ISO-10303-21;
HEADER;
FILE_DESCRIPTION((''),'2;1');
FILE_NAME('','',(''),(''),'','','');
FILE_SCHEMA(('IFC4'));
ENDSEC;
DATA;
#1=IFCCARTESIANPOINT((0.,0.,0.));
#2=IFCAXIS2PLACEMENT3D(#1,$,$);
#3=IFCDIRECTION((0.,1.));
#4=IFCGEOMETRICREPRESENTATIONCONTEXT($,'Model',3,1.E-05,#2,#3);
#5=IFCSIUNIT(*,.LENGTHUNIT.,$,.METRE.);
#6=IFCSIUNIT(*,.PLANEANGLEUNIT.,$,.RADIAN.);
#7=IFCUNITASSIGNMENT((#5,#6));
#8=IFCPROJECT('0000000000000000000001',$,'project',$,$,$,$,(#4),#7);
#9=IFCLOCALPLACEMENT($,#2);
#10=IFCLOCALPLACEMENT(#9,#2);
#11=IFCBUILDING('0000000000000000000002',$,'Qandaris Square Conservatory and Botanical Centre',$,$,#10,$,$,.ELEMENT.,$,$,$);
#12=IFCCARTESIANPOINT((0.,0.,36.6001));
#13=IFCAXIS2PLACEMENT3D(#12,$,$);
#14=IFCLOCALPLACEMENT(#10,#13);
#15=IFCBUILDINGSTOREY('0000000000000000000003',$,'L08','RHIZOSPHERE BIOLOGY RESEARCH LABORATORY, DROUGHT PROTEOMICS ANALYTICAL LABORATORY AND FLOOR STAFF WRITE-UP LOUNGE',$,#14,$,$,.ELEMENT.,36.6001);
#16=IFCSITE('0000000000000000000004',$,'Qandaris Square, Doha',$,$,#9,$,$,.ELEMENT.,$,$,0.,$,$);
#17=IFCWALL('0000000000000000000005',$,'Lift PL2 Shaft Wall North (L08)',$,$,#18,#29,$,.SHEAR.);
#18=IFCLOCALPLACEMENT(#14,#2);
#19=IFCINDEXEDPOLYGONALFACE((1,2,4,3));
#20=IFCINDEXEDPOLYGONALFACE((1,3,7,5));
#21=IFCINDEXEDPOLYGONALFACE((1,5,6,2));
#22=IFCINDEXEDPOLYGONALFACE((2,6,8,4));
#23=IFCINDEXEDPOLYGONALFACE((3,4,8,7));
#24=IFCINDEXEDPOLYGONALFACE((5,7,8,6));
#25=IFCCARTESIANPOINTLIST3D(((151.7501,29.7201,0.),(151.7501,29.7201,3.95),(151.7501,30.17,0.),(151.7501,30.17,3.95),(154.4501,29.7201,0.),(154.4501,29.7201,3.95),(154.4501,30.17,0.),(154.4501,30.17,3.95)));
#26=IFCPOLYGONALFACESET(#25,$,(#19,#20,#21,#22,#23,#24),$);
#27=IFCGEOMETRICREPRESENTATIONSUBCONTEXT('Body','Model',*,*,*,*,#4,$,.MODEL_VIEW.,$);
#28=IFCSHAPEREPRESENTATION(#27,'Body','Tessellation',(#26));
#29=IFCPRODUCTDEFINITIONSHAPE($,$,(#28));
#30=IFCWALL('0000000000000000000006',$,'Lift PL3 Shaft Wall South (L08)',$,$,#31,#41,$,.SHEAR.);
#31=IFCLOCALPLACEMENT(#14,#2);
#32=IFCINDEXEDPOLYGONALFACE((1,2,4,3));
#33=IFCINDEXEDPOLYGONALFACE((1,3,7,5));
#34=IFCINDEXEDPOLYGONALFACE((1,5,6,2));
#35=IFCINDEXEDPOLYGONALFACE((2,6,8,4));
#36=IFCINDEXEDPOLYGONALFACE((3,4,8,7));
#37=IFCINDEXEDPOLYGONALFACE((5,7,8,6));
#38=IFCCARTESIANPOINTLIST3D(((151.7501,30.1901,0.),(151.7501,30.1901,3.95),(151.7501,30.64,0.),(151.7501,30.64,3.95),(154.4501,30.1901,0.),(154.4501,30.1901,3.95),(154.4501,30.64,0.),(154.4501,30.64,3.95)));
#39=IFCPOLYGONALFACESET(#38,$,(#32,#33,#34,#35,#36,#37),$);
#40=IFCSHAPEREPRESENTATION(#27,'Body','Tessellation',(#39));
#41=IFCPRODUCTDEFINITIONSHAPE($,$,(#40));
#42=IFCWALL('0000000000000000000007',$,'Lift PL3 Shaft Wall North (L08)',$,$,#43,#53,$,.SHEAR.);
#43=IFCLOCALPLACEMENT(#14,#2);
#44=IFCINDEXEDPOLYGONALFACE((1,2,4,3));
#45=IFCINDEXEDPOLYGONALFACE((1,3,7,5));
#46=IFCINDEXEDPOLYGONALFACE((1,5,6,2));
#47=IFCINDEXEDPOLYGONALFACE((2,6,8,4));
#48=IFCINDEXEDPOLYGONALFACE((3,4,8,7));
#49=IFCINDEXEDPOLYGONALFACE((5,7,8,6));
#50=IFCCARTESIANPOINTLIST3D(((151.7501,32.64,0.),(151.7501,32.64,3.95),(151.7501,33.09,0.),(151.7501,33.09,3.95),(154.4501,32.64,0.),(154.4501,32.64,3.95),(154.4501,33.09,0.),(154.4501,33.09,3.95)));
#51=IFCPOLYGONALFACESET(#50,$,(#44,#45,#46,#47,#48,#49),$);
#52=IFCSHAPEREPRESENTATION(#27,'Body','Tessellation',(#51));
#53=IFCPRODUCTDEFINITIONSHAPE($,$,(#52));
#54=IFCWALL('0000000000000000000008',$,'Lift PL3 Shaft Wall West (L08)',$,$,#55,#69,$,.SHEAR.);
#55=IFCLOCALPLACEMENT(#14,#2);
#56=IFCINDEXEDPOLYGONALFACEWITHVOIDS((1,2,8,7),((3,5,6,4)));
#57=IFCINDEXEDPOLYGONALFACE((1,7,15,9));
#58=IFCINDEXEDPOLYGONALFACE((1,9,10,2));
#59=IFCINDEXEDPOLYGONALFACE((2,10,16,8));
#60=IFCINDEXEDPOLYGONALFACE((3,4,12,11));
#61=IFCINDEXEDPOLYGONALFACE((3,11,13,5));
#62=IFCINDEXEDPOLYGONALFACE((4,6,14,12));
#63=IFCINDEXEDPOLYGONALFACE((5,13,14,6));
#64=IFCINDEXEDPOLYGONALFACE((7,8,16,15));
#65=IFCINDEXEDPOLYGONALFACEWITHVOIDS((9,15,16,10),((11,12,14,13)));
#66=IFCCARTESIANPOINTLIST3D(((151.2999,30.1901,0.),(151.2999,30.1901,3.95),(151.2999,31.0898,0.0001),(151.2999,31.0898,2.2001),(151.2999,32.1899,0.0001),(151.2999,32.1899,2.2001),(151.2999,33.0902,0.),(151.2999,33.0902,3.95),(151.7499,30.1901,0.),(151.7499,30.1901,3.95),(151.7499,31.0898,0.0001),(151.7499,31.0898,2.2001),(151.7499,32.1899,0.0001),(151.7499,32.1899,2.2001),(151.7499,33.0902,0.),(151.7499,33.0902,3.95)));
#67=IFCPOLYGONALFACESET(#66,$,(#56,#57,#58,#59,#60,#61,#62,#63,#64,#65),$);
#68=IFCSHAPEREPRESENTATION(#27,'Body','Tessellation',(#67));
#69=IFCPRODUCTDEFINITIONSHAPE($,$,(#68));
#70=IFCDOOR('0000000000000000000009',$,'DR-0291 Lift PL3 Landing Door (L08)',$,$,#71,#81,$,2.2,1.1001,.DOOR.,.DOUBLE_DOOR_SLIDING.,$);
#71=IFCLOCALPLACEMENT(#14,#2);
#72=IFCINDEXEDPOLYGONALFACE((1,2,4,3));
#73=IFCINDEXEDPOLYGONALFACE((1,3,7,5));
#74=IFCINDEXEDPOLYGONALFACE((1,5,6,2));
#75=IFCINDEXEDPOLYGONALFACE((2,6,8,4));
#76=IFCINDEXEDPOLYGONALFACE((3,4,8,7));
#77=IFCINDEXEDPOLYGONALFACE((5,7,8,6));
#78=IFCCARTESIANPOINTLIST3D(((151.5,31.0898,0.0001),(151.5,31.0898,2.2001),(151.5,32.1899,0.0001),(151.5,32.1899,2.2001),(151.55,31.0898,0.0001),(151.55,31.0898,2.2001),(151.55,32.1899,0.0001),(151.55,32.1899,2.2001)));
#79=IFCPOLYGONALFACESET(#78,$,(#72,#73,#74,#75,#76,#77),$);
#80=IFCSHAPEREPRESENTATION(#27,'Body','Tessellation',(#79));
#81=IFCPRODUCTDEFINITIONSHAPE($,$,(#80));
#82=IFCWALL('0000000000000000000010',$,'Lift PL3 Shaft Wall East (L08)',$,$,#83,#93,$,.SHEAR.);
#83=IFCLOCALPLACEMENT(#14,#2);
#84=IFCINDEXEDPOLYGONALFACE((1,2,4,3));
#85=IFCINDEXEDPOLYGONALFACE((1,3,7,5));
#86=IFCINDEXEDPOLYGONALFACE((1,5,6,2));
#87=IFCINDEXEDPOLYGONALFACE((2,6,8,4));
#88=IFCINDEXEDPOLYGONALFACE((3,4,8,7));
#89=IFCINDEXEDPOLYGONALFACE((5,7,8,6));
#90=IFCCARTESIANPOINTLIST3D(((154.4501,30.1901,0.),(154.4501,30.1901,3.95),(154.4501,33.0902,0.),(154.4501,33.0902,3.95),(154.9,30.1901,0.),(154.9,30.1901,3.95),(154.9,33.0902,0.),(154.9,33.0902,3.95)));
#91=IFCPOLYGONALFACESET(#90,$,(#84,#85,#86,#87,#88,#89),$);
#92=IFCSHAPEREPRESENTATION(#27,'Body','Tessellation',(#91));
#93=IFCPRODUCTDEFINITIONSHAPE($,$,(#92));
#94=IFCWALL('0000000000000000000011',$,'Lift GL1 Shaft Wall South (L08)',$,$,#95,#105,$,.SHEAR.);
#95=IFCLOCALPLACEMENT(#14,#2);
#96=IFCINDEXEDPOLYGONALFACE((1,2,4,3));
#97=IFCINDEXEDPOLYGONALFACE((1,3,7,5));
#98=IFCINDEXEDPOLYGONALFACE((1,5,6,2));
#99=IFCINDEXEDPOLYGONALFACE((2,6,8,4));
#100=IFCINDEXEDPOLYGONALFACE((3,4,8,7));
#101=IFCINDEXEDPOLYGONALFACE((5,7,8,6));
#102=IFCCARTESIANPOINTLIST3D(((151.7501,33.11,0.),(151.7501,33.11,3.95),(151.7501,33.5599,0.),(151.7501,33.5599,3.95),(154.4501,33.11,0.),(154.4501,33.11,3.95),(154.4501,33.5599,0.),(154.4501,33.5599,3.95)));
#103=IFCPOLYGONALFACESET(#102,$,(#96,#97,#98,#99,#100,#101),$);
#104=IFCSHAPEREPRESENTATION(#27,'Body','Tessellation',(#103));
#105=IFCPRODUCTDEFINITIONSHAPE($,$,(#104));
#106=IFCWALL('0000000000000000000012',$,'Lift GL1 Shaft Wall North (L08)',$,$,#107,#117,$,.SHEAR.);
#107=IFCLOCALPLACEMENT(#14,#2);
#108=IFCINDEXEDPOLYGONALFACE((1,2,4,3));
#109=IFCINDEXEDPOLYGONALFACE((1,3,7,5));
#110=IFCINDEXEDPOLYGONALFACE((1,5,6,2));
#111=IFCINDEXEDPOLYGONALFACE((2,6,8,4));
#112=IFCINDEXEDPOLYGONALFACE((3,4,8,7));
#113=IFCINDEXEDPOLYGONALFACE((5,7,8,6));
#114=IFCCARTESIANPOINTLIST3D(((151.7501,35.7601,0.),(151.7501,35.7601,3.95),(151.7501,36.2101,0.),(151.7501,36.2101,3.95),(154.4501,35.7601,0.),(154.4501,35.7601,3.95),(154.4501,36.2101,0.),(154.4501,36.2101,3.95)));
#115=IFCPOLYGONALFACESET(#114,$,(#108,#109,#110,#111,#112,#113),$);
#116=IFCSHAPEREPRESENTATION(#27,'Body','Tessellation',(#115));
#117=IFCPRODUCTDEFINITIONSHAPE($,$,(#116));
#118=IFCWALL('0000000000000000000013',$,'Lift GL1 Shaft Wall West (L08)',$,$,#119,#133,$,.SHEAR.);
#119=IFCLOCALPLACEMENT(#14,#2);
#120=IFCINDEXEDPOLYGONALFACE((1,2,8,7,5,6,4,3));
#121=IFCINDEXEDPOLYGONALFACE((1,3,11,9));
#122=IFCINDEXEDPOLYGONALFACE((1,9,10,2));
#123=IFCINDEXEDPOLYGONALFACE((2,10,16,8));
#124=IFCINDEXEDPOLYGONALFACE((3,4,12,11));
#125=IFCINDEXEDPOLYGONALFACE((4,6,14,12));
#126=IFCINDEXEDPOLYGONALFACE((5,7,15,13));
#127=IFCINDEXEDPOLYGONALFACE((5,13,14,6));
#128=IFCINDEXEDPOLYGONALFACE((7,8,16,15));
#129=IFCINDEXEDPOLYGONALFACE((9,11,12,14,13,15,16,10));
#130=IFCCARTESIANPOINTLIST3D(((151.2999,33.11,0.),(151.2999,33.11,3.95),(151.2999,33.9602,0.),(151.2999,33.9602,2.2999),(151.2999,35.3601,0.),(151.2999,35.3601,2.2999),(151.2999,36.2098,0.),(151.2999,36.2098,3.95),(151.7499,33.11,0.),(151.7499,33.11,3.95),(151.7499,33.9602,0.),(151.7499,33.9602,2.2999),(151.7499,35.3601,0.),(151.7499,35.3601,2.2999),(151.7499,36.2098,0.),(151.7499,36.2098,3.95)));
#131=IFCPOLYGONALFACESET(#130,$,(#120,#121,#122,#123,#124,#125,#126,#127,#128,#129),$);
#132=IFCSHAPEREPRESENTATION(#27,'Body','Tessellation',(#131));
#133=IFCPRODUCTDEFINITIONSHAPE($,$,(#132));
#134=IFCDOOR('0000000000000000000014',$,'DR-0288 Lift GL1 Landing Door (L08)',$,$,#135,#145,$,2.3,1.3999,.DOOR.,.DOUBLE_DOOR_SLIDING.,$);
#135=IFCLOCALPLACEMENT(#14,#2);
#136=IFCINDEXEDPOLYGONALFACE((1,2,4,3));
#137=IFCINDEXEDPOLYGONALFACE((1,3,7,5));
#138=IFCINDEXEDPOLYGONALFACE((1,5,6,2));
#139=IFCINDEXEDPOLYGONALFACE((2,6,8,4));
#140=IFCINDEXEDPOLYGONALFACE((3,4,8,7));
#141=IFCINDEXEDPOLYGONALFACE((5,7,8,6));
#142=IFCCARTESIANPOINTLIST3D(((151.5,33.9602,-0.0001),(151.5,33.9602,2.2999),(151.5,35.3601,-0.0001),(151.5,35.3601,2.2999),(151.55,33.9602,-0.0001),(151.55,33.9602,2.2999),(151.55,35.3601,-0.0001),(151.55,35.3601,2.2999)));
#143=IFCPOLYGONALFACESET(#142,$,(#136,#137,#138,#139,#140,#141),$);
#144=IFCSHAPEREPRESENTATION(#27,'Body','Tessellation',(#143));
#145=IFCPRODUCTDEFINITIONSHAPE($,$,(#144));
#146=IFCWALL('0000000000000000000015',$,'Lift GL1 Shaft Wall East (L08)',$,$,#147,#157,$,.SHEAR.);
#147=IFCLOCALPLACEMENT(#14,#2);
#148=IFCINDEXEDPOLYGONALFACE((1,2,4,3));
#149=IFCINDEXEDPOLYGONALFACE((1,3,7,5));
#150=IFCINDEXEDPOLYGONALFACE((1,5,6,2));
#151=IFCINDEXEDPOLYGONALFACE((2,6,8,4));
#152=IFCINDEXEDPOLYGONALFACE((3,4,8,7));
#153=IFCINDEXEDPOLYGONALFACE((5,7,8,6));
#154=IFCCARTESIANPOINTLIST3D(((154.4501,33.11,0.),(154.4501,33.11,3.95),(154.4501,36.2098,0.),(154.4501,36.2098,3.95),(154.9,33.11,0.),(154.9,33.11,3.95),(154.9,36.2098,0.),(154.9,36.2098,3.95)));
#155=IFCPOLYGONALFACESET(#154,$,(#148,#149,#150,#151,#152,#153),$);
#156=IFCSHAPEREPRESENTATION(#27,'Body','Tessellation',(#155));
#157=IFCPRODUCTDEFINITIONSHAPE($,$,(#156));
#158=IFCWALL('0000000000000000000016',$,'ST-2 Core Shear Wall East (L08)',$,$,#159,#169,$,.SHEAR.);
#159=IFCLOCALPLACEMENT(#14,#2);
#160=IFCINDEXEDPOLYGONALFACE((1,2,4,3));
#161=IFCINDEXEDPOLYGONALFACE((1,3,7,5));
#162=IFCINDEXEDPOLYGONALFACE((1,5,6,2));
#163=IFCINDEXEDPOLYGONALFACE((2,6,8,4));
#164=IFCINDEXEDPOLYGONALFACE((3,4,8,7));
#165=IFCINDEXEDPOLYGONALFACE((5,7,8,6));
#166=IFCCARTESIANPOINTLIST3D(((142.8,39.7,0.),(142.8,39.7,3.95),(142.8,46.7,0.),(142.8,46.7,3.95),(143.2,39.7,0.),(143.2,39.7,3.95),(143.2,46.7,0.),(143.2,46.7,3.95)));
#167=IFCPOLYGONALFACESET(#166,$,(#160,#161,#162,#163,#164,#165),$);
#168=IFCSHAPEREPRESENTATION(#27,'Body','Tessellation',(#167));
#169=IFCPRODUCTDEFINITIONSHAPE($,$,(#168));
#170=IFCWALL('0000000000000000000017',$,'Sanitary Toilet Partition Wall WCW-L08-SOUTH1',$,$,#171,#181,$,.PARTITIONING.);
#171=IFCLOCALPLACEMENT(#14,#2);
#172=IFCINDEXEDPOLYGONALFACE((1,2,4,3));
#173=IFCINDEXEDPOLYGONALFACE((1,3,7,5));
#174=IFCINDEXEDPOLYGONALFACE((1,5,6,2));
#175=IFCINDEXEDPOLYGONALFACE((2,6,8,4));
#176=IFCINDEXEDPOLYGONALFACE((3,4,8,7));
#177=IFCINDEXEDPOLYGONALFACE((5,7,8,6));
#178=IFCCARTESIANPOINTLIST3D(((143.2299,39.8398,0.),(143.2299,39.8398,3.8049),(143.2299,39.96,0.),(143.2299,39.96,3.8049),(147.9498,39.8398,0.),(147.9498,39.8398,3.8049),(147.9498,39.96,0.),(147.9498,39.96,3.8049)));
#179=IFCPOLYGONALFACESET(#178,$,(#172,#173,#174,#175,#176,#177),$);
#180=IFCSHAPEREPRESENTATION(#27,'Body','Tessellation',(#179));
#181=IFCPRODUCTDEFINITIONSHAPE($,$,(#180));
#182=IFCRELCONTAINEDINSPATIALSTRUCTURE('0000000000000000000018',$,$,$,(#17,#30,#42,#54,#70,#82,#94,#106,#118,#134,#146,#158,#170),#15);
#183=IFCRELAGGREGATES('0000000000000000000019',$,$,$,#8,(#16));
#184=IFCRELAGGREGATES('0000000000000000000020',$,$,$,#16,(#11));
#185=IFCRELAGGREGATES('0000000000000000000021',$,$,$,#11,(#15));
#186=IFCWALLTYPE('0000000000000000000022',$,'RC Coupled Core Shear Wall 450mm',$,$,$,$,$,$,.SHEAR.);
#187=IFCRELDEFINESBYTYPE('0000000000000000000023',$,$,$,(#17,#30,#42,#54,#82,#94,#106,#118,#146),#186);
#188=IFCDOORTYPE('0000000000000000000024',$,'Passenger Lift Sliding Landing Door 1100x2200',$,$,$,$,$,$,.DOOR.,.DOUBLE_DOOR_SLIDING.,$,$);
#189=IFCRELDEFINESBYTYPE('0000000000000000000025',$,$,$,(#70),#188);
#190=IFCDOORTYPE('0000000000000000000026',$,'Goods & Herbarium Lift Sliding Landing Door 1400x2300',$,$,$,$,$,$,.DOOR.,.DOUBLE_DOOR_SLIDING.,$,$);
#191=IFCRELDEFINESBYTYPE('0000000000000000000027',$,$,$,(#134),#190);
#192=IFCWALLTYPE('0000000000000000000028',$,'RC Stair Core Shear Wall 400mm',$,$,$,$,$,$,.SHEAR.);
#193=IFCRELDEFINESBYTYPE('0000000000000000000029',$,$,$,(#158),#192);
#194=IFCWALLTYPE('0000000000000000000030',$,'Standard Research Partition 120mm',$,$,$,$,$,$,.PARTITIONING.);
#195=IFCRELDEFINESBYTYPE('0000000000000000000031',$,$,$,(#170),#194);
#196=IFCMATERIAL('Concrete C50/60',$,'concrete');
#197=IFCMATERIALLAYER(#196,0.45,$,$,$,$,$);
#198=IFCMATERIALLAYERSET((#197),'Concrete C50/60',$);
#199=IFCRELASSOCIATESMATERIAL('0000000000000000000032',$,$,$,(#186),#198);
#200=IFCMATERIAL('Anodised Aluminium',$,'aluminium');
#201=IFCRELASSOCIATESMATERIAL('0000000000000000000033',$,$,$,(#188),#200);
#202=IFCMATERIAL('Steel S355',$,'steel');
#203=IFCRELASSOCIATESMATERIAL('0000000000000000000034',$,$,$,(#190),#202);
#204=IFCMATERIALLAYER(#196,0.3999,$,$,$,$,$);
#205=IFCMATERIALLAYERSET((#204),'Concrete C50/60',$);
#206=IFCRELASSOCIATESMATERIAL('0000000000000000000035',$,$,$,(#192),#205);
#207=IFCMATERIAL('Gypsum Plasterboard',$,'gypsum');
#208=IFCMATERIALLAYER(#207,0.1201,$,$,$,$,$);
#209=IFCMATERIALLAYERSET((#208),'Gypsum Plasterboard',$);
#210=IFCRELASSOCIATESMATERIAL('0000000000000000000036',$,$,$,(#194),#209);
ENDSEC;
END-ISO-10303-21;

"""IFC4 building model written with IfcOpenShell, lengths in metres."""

from ifc_helpers import new_model, si_unit, direction, frame, frame_2d, origin, place, context, subcontext, project, spatial, rectangle, extrude, material, layer, layer_set, type_object, element, fill, save


model = new_model("IFC4")

# Units and contexts
model_context = context("Model", 3, precision=1e-05, world=origin(), true_north=direction((0.0, 1.0)))
body_context = subcontext(model_context, "Body", "Model", "MODEL_VIEW")
ifc_project = project(units=[si_unit("LENGTHUNIT", "METRE"), si_unit("PLANEANGLEUNIT", "RADIAN")], contexts=[model_context])

# Site, building, storey
site_placement = place(None, origin())
site = spatial("IfcSite", under=ifc_project, at=site_placement, Name="Qandaris Square, Doha", CompositionType="ELEMENT", RefElevation=0.0)
building_placement = place(site_placement, origin())
building = spatial("IfcBuilding", under=site, at=building_placement, Name="Qandaris Square Conservatory and Botanical Centre", CompositionType="ELEMENT")
storey_placement = place(building_placement, frame((0.0, 0.0, 36.6001)))
storey = spatial("IfcBuildingStorey", under=building, at=storey_placement, Name="L08", Description="RHIZOSPHERE BIOLOGY RESEARCH LABORATORY, DROUGHT PROTEOMICS ANALYTICAL LABORATORY AND FLOOR STAFF WRITE-UP LOUNGE", CompositionType="ELEMENT", Elevation=36.6001)

# Shared definitions
ifc_material_1 = material(Name="Concrete C50/60", Category="concrete")

# Shared definitions
ifc_material_2 = material(Name="Steel S355", Category="steel")

# Shared definitions
ifc_material_3 = material(Name="Gypsum Plasterboard", Category="gypsum")

# Shared definitions
ifc_layer_1 = layer(ifc_material_1, 0.45)
ifc_layer_set_1 = layer_set([ifc_layer_1], Name="Concrete C50/60")
wall_type_1 = type_object("IfcWallType", Name="RC Coupled Core Shear Wall 450mm", PredefinedType="SHEAR", material=ifc_layer_set_1)

# Walls
for number, where, z_axis, x_axis, name in (
    (1, (151.75, 29.9451, 0.0), (0.0, 0.0, 1.0), (1.0, 0.0, 0.0), "Lift PL2 Shaft Wall North (L08)"),
    (2, (151.75, 30.415, 0.0), (0.0, 0.0, 1.0), (1.0, 0.0, 0.0), "Lift PL3 Shaft Wall South (L08)"),
    (3, (151.75, 32.865, 0.0), (0.0, 0.0, 1.0), (1.0, 0.0, 0.0), "Lift PL3 Shaft Wall North (L08)"),
):
    element("IfcWall", number, at=place(storey_placement, frame(where, z_axis=z_axis, x_axis=x_axis)), inside=storey, type_object=wall_type_1, Name=name, PredefinedType="SHEAR", context=body_context, shape_type="SweptSolid", body=[
        extrude(rectangle(XDim=2.7, YDim=0.45, at=frame_2d((1.3501, 0.0))), origin(), (0.0, 0.0, 1.0), 3.95),
    ])

# Wall, opening, door
wall_1_placement = place(storey_placement, frame((151.5249, 30.1899, 0.0), z_axis=(0.0, 0.0, 1.0), x_axis=(0.0, 1.0, 0.0)))
wall_1 = element("IfcWall", 4, at=wall_1_placement, inside=storey, type_object=wall_type_1, Name="Lift PL3 Shaft Wall West (L08)", PredefinedType="SHEAR", context=body_context, shape_type="SweptSolid", body=[
    extrude(rectangle(XDim=2.9001, YDim=0.45, at=frame_2d((1.4502, 0.0))), origin(), (0.0, 0.0, 1.0), 3.95),
])
opening_1_placement = place(wall_1_placement, frame((0.8999, 0.0, 0.0)))
opening_1 = element("IfcOpeningElement", 5, at=opening_1_placement, cuts=wall_1, PredefinedType="OPENING", context=body_context, shape_type="SweptSolid", body=[
    extrude(rectangle(XDim=1.1001, YDim=2.2, at=frame_2d((0.55, 1.1001))), frame((0.0, 0.2368, 0.0), z_axis=(0.0, -1.0, 0.0), x_axis=(1.0, 0.0, 0.0)), (0.0, 0.0, 1.0), 0.4739),
])
ifc_material_4 = material(Name="Anodised Aluminium", Category="aluminium")
door_type_1 = type_object("IfcDoorType", Name="Passenger Lift Sliding Landing Door 1100x2200", OperationType="DOUBLE_DOOR_SLIDING", PredefinedType="DOOR", material=ifc_material_4)
door_1_placement = place(opening_1_placement, origin())
door_1 = element("IfcDoor", 6, at=door_1_placement, inside=storey, type_object=door_type_1, Name="DR-0291 Lift PL3 Landing Door (L08)", OperationType="DOUBLE_DOOR_SLIDING", OverallHeight=2.2, OverallWidth=1.1001, PredefinedType="DOOR", context=body_context, shape_type="SweptSolid", body=[
    extrude(rectangle(XDim=1.1001, YDim=2.2, at=frame_2d((0.55, 1.1001))), frame((0.0, 0.0249, 0.0), z_axis=(0.0, -1.0, 0.0), x_axis=(1.0, 0.0, 0.0)), (0.0, 0.0, 1.0), 0.05),
])
fill(opening_1, door_1)

# Walls
wall_2_placement = place(storey_placement, frame((154.675, 30.1899, 0.0), z_axis=(0.0, 0.0, 1.0), x_axis=(0.0, 1.0, 0.0)))
element("IfcWall", 7, at=wall_2_placement, inside=storey, type_object=wall_type_1, Name="Lift PL3 Shaft Wall East (L08)", PredefinedType="SHEAR", context=body_context, shape_type="SweptSolid", body=[
    extrude(rectangle(XDim=2.9001, YDim=0.45, at=frame_2d((1.4502, 0.0))), origin(), (0.0, 0.0, 1.0), 3.95),
])
for number, where, z_axis, x_axis, name in (
    (8, (151.75, 33.335, 0.0), (0.0, 0.0, 1.0), (1.0, 0.0, 0.0), "Lift GL1 Shaft Wall South (L08)"),
    (9, (151.75, 35.9851, 0.0), (0.0, 0.0, 1.0), (1.0, 0.0, 0.0), "Lift GL1 Shaft Wall North (L08)"),
):
    element("IfcWall", number, at=place(storey_placement, frame(where, z_axis=z_axis, x_axis=x_axis)), inside=storey, type_object=wall_type_1, Name=name, PredefinedType="SHEAR", context=body_context, shape_type="SweptSolid", body=[
        extrude(rectangle(XDim=2.7, YDim=0.45, at=frame_2d((1.3501, 0.0))), origin(), (0.0, 0.0, 1.0), 3.95),
    ])

# Wall, opening, door
wall_3_placement = place(storey_placement, frame((151.5249, 33.1101, 0.0), z_axis=(0.0, 0.0, 1.0), x_axis=(0.0, 1.0, 0.0)))
wall_3 = element("IfcWall", 10, at=wall_3_placement, inside=storey, type_object=wall_type_1, Name="Lift GL1 Shaft Wall West (L08)", PredefinedType="SHEAR", context=body_context, shape_type="SweptSolid", body=[
    extrude(rectangle(XDim=3.0999, YDim=0.45, at=frame_2d((1.5498, 0.0))), origin(), (0.0, 0.0, 1.0), 3.95),
])
opening_2_placement = place(wall_3_placement, frame((0.8501, 0.0, 0.0)))
opening_2 = element("IfcOpeningElement", 11, at=opening_2_placement, cuts=wall_3, PredefinedType="OPENING", context=body_context, shape_type="SweptSolid", body=[
    extrude(rectangle(XDim=1.3999, YDim=2.3, at=frame_2d((0.7, 1.1499))), frame((0.0, 0.2368, 0.0), z_axis=(0.0, -1.0, 0.0), x_axis=(1.0, 0.0, 0.0)), (0.0, 0.0, 1.0), 0.4739),
])
door_type_2 = type_object("IfcDoorType", Name="Goods & Herbarium Lift Sliding Landing Door 1400x2300", OperationType="DOUBLE_DOOR_SLIDING", PredefinedType="DOOR", material=ifc_material_2)
door_2_placement = place(opening_2_placement, origin())
door_2 = element("IfcDoor", 12, at=door_2_placement, inside=storey, type_object=door_type_2, Name="DR-0288 Lift GL1 Landing Door (L08)", OperationType="DOUBLE_DOOR_SLIDING", OverallHeight=2.3, OverallWidth=1.3999, PredefinedType="DOOR", context=body_context, shape_type="SweptSolid", body=[
    extrude(rectangle(XDim=1.3999, YDim=2.3, at=frame_2d((0.7, 1.1499))), frame((0.0, 0.0249, 0.0), z_axis=(0.0, -1.0, 0.0), x_axis=(1.0, 0.0, 0.0)), (0.0, 0.0, 1.0), 0.05),
])
fill(opening_2, door_2)

# Walls
wall_4_placement = place(storey_placement, frame((154.675, 33.1101, 0.0), z_axis=(0.0, 0.0, 1.0), x_axis=(0.0, 1.0, 0.0)))
element("IfcWall", 13, at=wall_4_placement, inside=storey, type_object=wall_type_1, Name="Lift GL1 Shaft Wall East (L08)", PredefinedType="SHEAR", context=body_context, shape_type="SweptSolid", body=[
    extrude(rectangle(XDim=3.0999, YDim=0.45, at=frame_2d((1.5498, 0.0))), origin(), (0.0, 0.0, 1.0), 3.95),
])
ifc_layer_2 = layer(ifc_material_1, 0.3999)
ifc_layer_set_2 = layer_set([ifc_layer_2], Name="Concrete C50/60")
wall_type_2 = type_object("IfcWallType", Name="RC Stair Core Shear Wall 400mm", PredefinedType="SHEAR", material=ifc_layer_set_2)
wall_5_placement = place(storey_placement, frame((143.0, 39.7, 0.0), z_axis=(0.0, 0.0, 1.0), x_axis=(0.0, 1.0, 0.0)))
element("IfcWall", 14, at=wall_5_placement, inside=storey, type_object=wall_type_2, Name="ST-2 Core Shear Wall East (L08)", PredefinedType="SHEAR", context=body_context, shape_type="SweptSolid", body=[
    extrude(rectangle(XDim=7.0, YDim=0.3999, at=frame_2d((3.5, 0.0))), origin(), (0.0, 0.0, 1.0), 3.95),
])
ifc_layer_3 = layer(ifc_material_3, 0.1201)
ifc_layer_set_3 = layer_set([ifc_layer_3], Name="Gypsum Plasterboard")
wall_type_3 = type_object("IfcWallType", Name="Standard Research Partition 120mm", PredefinedType="PARTITIONING", material=ifc_layer_set_3)
wall_6_placement = place(storey_placement, frame((143.23, 39.8999, 0.0), z_axis=(0.0, 0.0, 1.0), x_axis=(1.0, 0.0, 0.0)))
element("IfcWall", 15, at=wall_6_placement, inside=storey, type_object=wall_type_3, Name="Sanitary Toilet Partition Wall WCW-L08-SOUTH1", PredefinedType="PARTITIONING", context=body_context, shape_type="SweptSolid", body=[
    extrude(rectangle(XDim=4.72, YDim=0.1201, at=frame_2d((2.3599, 0.0))), origin(), (0.0, 0.0, 1.0), 3.8049),
])

save(model, "model.ifc")
